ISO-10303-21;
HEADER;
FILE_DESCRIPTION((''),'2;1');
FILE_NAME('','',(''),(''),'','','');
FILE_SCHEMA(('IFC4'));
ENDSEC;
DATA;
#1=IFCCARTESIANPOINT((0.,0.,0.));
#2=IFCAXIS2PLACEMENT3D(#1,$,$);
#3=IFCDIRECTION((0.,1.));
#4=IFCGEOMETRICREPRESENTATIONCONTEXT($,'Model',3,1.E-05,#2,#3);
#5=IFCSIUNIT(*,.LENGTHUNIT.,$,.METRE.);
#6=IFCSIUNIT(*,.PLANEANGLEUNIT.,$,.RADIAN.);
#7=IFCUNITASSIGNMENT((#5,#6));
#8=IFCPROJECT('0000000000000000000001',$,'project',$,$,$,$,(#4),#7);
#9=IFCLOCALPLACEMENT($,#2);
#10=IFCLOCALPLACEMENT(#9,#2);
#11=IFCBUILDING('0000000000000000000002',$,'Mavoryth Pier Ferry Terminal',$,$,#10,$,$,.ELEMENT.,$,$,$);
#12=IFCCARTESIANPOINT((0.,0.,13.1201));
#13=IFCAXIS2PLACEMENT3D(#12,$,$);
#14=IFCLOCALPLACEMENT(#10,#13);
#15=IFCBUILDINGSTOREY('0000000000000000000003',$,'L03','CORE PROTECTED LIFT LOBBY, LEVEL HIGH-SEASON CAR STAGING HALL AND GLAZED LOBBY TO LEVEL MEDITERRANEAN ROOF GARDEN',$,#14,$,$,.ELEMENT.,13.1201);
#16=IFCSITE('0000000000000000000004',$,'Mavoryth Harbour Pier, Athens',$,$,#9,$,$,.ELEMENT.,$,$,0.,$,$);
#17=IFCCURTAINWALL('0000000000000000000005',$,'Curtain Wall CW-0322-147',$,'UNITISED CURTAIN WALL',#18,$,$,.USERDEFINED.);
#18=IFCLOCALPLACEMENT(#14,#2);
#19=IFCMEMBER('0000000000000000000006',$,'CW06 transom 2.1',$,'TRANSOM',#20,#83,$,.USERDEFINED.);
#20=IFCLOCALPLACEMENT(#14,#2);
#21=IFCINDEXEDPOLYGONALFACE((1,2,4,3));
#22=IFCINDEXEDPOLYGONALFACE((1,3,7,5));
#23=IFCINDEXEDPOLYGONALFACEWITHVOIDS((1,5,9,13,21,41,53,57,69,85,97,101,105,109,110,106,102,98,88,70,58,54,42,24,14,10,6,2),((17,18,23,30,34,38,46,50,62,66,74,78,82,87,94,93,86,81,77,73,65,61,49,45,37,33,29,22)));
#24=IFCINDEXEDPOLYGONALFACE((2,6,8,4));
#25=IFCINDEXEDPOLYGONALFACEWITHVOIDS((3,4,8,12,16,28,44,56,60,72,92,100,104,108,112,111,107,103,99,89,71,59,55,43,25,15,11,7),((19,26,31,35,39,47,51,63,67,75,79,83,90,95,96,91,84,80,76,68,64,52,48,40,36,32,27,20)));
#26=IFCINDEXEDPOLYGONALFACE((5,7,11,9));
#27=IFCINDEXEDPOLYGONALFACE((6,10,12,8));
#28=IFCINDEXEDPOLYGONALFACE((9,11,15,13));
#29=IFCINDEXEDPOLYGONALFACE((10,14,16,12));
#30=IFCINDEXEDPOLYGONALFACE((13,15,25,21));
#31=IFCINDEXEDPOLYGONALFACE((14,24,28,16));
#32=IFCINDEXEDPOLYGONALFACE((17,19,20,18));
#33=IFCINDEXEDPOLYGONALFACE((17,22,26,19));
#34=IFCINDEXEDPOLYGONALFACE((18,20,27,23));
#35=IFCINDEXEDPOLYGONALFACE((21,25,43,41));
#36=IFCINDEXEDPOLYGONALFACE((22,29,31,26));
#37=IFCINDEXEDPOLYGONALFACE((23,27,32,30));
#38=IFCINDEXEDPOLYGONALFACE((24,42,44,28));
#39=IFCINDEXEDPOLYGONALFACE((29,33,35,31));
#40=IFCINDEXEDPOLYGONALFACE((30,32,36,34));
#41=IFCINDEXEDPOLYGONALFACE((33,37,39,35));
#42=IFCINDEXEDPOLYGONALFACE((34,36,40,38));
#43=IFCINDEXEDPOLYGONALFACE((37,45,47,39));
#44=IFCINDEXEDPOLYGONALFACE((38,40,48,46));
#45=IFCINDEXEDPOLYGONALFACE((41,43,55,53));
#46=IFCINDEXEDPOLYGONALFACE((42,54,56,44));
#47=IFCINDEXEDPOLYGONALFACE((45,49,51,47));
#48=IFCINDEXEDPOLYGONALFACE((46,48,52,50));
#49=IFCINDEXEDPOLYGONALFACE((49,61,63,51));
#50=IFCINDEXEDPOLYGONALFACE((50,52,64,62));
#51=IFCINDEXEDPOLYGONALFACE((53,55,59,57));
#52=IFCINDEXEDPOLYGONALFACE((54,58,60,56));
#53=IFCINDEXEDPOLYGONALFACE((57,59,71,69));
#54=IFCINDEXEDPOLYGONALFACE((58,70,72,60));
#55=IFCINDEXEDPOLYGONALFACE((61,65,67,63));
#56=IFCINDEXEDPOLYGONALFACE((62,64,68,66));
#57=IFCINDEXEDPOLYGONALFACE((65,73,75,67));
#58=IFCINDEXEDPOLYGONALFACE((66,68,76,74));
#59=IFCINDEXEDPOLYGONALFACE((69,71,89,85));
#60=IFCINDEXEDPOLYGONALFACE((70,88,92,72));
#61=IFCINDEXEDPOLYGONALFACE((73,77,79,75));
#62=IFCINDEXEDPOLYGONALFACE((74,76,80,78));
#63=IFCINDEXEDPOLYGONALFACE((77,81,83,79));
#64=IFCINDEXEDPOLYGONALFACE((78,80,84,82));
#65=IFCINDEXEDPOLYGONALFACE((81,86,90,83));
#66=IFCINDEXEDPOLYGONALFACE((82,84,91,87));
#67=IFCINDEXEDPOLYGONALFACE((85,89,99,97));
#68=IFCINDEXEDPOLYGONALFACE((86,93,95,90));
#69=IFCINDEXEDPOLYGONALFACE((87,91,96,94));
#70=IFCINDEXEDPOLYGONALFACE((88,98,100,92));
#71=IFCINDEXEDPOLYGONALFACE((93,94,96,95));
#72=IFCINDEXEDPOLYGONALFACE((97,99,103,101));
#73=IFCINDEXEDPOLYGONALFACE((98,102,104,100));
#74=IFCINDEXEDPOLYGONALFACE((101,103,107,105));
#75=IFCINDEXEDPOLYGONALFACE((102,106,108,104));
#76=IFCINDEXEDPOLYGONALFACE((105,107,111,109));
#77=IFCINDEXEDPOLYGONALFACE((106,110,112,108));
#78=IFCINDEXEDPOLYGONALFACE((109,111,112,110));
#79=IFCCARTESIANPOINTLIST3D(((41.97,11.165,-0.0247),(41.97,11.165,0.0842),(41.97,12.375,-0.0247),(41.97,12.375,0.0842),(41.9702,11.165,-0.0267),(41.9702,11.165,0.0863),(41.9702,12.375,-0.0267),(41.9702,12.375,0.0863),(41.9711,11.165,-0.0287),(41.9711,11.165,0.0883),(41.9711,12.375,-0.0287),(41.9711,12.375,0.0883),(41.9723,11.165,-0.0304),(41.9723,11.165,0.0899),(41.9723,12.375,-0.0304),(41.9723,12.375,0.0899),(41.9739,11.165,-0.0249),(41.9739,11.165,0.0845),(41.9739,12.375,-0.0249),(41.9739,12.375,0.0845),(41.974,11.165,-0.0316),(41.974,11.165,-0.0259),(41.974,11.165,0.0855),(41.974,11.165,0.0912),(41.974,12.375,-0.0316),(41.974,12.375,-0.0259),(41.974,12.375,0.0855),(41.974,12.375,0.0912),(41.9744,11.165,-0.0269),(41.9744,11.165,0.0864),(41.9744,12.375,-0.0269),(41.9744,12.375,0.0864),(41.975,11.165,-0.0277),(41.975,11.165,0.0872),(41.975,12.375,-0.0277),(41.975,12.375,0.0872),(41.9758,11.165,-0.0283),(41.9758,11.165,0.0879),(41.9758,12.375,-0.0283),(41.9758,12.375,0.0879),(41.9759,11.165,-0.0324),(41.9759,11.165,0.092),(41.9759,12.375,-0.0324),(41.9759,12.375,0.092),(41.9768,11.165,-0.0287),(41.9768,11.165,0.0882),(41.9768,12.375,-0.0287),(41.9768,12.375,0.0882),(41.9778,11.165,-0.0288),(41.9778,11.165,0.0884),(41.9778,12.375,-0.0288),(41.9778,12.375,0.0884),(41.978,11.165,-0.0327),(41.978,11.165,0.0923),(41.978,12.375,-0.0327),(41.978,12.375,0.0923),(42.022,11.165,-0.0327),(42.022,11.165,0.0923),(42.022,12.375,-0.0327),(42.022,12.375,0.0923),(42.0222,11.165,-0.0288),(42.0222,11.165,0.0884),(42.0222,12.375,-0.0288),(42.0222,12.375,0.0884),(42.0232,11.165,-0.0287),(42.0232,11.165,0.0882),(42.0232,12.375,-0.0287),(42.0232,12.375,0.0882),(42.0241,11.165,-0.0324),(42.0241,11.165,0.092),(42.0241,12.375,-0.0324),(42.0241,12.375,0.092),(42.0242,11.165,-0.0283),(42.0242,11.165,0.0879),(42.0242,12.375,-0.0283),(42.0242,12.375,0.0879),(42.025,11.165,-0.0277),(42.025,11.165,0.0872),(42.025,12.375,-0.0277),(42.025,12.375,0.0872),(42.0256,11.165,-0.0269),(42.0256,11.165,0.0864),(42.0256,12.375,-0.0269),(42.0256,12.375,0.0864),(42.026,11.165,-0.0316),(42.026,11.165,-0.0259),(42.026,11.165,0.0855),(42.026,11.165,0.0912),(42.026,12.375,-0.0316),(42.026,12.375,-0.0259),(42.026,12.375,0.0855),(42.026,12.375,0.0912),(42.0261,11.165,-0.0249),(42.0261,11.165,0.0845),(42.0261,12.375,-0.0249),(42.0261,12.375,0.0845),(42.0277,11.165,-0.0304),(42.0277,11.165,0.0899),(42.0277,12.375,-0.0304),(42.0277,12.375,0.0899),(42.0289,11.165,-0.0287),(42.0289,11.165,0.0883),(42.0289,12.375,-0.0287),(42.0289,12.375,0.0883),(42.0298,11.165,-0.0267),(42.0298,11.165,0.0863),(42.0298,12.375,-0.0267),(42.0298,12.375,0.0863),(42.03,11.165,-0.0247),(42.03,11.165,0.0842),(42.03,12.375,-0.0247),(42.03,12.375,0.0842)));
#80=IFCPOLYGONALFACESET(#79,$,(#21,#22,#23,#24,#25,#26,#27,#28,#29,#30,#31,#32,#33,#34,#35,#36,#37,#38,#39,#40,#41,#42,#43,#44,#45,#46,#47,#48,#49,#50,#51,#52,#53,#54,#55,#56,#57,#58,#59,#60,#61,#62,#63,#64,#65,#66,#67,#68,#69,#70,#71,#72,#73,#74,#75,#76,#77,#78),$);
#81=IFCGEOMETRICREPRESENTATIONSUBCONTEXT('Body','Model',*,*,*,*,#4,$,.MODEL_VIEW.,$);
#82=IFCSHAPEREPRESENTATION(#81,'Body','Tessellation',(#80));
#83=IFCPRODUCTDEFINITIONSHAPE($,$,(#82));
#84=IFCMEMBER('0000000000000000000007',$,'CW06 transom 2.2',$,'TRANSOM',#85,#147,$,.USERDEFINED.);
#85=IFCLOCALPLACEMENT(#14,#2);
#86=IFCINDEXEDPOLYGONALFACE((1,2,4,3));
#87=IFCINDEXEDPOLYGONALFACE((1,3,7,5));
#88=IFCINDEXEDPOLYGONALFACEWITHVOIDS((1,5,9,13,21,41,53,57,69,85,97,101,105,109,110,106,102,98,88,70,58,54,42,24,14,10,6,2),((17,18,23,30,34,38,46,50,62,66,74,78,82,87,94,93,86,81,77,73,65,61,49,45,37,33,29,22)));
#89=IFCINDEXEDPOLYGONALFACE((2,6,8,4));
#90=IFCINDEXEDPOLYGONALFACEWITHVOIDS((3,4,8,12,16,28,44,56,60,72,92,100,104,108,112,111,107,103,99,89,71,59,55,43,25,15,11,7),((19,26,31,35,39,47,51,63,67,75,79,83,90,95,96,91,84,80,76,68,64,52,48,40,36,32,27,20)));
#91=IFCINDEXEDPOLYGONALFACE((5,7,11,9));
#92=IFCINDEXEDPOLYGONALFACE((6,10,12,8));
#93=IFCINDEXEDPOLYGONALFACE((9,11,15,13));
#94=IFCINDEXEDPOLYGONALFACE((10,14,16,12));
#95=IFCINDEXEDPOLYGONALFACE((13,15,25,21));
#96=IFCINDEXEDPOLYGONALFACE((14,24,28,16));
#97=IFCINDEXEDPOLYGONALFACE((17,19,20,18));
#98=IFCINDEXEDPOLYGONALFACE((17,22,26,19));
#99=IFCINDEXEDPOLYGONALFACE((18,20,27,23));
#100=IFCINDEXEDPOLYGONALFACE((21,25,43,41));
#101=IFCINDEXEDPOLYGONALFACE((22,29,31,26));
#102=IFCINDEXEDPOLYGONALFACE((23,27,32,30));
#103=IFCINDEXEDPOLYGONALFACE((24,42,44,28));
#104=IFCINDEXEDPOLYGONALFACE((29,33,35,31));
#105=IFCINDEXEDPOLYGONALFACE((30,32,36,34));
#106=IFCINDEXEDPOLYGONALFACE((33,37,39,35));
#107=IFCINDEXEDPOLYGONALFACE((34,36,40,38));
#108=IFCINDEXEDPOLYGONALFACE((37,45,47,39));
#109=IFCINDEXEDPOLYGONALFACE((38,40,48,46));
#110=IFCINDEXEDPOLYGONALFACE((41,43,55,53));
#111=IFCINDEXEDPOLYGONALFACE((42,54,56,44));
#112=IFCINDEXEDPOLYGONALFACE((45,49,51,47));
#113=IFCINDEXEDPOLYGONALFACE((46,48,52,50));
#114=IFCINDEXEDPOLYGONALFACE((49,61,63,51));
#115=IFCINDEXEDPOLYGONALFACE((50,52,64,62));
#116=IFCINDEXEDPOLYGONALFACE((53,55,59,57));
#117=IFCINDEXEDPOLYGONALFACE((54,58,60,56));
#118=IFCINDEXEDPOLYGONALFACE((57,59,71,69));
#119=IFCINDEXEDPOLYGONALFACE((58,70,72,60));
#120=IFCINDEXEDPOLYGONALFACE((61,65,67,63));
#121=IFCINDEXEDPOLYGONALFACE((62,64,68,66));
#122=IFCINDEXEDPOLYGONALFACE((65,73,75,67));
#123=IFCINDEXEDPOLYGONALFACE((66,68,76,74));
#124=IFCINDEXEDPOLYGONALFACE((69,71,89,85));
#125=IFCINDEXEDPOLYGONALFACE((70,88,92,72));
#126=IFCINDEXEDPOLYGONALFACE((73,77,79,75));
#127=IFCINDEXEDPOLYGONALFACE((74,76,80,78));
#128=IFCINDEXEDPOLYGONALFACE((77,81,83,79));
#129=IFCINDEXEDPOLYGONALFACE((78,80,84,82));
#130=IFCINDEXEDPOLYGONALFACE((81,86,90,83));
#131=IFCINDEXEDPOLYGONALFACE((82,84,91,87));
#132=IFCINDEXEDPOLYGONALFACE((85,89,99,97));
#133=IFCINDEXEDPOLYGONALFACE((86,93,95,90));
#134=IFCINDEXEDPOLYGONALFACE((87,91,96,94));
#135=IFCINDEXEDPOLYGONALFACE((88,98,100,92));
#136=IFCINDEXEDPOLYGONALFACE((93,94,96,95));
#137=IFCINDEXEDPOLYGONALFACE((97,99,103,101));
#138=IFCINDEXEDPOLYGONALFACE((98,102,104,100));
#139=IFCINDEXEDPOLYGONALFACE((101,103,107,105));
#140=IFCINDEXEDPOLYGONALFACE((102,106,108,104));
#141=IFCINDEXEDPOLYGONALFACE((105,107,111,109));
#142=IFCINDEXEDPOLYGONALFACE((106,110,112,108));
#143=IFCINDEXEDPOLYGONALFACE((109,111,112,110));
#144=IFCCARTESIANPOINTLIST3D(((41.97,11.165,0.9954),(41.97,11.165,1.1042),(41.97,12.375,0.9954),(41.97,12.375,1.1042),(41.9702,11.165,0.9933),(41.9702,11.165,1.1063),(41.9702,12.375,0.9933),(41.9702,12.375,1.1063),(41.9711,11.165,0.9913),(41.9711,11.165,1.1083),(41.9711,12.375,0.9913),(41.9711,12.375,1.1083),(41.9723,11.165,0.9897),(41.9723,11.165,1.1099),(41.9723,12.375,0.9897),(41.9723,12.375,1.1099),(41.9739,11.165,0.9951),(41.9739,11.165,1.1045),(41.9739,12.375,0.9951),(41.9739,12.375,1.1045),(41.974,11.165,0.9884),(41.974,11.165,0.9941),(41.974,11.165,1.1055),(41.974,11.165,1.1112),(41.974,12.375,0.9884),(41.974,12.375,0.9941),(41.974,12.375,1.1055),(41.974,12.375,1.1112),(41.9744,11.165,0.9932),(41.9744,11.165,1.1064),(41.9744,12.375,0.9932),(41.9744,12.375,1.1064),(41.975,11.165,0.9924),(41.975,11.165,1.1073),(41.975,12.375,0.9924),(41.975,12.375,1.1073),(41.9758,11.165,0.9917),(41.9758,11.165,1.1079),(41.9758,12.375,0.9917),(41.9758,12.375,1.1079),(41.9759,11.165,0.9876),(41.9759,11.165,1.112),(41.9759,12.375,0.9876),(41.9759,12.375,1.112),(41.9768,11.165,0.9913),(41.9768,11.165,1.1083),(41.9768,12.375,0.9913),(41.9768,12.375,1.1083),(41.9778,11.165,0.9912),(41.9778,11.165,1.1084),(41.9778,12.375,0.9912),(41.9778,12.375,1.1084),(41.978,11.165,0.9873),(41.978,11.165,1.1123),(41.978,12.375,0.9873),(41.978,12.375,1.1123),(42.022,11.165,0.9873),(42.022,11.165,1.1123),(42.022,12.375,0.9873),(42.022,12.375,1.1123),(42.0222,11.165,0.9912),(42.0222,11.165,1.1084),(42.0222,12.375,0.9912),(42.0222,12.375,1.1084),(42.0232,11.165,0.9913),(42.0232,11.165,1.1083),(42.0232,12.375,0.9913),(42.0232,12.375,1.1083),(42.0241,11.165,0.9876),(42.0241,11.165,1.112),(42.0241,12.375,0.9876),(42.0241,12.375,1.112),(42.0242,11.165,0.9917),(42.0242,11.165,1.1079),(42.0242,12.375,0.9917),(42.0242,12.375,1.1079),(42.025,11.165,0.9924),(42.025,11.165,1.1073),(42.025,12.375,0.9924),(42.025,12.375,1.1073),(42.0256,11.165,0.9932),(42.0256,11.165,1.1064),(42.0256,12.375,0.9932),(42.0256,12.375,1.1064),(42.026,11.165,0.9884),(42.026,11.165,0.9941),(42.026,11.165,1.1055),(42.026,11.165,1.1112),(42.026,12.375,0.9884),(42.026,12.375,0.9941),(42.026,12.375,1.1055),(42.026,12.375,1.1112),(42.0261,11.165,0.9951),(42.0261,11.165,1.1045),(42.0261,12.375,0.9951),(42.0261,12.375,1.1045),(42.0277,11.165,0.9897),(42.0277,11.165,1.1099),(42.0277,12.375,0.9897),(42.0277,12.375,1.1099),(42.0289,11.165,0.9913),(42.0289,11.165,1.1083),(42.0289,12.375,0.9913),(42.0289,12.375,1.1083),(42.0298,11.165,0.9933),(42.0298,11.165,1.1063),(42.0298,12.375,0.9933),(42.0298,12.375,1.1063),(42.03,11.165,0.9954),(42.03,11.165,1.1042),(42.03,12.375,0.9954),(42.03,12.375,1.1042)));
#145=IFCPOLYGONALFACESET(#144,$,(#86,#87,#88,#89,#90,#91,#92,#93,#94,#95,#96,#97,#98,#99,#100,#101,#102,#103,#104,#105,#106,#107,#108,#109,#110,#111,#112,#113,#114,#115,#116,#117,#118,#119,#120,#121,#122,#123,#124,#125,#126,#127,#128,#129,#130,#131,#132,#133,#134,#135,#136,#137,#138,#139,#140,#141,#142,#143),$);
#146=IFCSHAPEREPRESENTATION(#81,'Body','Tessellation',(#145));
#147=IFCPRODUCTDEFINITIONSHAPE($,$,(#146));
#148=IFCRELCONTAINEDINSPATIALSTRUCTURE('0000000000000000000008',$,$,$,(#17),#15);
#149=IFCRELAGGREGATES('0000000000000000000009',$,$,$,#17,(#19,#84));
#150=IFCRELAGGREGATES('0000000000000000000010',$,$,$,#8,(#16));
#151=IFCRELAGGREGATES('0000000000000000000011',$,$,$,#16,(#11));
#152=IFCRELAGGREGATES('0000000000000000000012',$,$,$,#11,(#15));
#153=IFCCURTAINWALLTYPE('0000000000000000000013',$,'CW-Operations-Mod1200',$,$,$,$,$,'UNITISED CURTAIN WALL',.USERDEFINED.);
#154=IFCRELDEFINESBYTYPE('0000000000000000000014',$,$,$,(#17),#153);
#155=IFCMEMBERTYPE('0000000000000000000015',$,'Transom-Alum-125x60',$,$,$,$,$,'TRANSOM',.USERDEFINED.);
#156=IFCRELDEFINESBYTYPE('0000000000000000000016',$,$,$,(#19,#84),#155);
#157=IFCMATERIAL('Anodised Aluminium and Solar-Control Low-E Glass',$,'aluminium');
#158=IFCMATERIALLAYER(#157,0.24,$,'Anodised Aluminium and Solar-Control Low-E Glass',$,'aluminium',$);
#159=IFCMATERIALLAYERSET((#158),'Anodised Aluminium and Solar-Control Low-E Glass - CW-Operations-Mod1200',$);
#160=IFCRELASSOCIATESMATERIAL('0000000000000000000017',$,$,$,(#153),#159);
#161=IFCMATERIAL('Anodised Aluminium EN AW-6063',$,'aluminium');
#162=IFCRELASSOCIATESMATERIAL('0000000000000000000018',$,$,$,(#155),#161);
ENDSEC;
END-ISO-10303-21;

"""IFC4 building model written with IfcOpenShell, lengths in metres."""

from ifc_helpers import new_model, si_unit, direction, frame, origin, origin_2d, place, context, subcontext, project, spatial, hollow_rectangle, extrude, material, layer, layer_set, material_profile, profile_set, type_object, element, aggregate, save


model = new_model("IFC4")

# Units and contexts
model_context = context("Model", 3, precision=1e-05, world=origin(), true_north=direction((0.0, 1.0)))
body_context = subcontext(model_context, "Body", "Model", "MODEL_VIEW")
ifc_project = project(units=[si_unit("LENGTHUNIT", "METRE"), si_unit("PLANEANGLEUNIT", "RADIAN")], contexts=[model_context])

# Site, building, storey
site_placement = place(None, origin())
site = spatial("IfcSite", under=ifc_project, at=site_placement, Name="Mavoryth Harbour Pier, Athens", CompositionType="ELEMENT", RefElevation=0.0)
building_placement = place(site_placement, origin())
building = spatial("IfcBuilding", under=site, at=building_placement, Name="Mavoryth Pier Ferry Terminal", CompositionType="ELEMENT")
storey_placement = place(building_placement, frame((0.0, 0.0, 13.1201)))
storey = spatial("IfcBuildingStorey", under=building, at=storey_placement, Name="L03", Description="CORE PROTECTED LIFT LOBBY, LEVEL HIGH-SEASON CAR STAGING HALL AND GLAZED LOBBY TO LEVEL MEDITERRANEAN ROOF GARDEN", CompositionType="ELEMENT", Elevation=13.1201)

# Curtain wall
ifc_material_1 = material(Name="Anodised Aluminium and Solar-Control Low-E Glass", Category="aluminium")
ifc_layer_1 = layer(ifc_material_1, 0.24, Name="Anodised Aluminium and Solar-Control Low-E Glass", Category="aluminium")
ifc_layer_set_1 = layer_set([ifc_layer_1], Name="Anodised Aluminium and Solar-Control Low-E Glass - CW-Operations-Mod1200")
curtain_wall_type = type_object("IfcCurtainWallType", Name="CW-Operations-Mod1200", ElementType="UNITISED CURTAIN WALL", PredefinedType="USERDEFINED", material=ifc_layer_set_1)
curtain_wall_1_placement = place(storey_placement, origin())
curtain_wall_1 = element("IfcCurtainWall", 1, at=curtain_wall_1_placement, inside=storey, type_object=curtain_wall_type, Name="Curtain Wall CW-0322-147", ObjectType="UNITISED CURTAIN WALL", PredefinedType="USERDEFINED")
ifc_material_2 = material(Name="Anodised Aluminium EN AW-6063", Category="aluminium")

# Members
ifc_material_profile_1 = material_profile(ifc_material_2, hollow_rectangle(XDim=0.0601, YDim=0.125, WallThickness=0.0039, InnerFilletRadius=0.0039, OuterFilletRadius=0.0081, at=origin_2d()), Name="AL-TRAN 125x60x4", Category="aluminium")
ifc_profile_set_1 = profile_set([ifc_material_profile_1], Name="Anodised Aluminium EN AW-6063 - AL-TRAN 125x60x4")
member_type_1 = type_object("IfcMemberType", Name="Transom-Alum-125x60", ElementType="TRANSOM", PredefinedType="USERDEFINED", material=ifc_profile_set_1)
member_1_placement = place(storey_placement, frame((42.0, 12.375, 0.0298), z_axis=(0.0, -1.0, 0.0), x_axis=(1.0, 0.0, 0.0)))
member_1 = element("IfcMember", 2, at=member_1_placement, type_object=member_type_1, Name="CW06 transom 2.1", ObjectType="TRANSOM", PredefinedType="USERDEFINED", context=body_context, shape_type="SweptSolid", body=[
    extrude(hollow_rectangle(XDim=0.0601, YDim=0.125, WallThickness=0.0039, InnerFilletRadius=0.0039, OuterFilletRadius=0.0081, at=origin_2d()), origin(), (0.0, 0.0, 1.0), 1.21),
])
member_2_placement = place(storey_placement, frame((42.0, 12.375, 1.0498), z_axis=(0.0, -1.0, 0.0), x_axis=(1.0, 0.0, 0.0)))
member_2 = element("IfcMember", 3, at=member_2_placement, type_object=member_type_1, Name="CW06 transom 2.2", ObjectType="TRANSOM", PredefinedType="USERDEFINED", context=body_context, shape_type="SweptSolid", body=[
    extrude(hollow_rectangle(XDim=0.0601, YDim=0.125, WallThickness=0.0039, InnerFilletRadius=0.0039, OuterFilletRadius=0.0081, at=origin_2d()), origin(), (0.0, 0.0, 1.0), 1.21),
])

aggregate(curtain_wall_1, [member_1, member_2])

save(model, "model.ifc")
